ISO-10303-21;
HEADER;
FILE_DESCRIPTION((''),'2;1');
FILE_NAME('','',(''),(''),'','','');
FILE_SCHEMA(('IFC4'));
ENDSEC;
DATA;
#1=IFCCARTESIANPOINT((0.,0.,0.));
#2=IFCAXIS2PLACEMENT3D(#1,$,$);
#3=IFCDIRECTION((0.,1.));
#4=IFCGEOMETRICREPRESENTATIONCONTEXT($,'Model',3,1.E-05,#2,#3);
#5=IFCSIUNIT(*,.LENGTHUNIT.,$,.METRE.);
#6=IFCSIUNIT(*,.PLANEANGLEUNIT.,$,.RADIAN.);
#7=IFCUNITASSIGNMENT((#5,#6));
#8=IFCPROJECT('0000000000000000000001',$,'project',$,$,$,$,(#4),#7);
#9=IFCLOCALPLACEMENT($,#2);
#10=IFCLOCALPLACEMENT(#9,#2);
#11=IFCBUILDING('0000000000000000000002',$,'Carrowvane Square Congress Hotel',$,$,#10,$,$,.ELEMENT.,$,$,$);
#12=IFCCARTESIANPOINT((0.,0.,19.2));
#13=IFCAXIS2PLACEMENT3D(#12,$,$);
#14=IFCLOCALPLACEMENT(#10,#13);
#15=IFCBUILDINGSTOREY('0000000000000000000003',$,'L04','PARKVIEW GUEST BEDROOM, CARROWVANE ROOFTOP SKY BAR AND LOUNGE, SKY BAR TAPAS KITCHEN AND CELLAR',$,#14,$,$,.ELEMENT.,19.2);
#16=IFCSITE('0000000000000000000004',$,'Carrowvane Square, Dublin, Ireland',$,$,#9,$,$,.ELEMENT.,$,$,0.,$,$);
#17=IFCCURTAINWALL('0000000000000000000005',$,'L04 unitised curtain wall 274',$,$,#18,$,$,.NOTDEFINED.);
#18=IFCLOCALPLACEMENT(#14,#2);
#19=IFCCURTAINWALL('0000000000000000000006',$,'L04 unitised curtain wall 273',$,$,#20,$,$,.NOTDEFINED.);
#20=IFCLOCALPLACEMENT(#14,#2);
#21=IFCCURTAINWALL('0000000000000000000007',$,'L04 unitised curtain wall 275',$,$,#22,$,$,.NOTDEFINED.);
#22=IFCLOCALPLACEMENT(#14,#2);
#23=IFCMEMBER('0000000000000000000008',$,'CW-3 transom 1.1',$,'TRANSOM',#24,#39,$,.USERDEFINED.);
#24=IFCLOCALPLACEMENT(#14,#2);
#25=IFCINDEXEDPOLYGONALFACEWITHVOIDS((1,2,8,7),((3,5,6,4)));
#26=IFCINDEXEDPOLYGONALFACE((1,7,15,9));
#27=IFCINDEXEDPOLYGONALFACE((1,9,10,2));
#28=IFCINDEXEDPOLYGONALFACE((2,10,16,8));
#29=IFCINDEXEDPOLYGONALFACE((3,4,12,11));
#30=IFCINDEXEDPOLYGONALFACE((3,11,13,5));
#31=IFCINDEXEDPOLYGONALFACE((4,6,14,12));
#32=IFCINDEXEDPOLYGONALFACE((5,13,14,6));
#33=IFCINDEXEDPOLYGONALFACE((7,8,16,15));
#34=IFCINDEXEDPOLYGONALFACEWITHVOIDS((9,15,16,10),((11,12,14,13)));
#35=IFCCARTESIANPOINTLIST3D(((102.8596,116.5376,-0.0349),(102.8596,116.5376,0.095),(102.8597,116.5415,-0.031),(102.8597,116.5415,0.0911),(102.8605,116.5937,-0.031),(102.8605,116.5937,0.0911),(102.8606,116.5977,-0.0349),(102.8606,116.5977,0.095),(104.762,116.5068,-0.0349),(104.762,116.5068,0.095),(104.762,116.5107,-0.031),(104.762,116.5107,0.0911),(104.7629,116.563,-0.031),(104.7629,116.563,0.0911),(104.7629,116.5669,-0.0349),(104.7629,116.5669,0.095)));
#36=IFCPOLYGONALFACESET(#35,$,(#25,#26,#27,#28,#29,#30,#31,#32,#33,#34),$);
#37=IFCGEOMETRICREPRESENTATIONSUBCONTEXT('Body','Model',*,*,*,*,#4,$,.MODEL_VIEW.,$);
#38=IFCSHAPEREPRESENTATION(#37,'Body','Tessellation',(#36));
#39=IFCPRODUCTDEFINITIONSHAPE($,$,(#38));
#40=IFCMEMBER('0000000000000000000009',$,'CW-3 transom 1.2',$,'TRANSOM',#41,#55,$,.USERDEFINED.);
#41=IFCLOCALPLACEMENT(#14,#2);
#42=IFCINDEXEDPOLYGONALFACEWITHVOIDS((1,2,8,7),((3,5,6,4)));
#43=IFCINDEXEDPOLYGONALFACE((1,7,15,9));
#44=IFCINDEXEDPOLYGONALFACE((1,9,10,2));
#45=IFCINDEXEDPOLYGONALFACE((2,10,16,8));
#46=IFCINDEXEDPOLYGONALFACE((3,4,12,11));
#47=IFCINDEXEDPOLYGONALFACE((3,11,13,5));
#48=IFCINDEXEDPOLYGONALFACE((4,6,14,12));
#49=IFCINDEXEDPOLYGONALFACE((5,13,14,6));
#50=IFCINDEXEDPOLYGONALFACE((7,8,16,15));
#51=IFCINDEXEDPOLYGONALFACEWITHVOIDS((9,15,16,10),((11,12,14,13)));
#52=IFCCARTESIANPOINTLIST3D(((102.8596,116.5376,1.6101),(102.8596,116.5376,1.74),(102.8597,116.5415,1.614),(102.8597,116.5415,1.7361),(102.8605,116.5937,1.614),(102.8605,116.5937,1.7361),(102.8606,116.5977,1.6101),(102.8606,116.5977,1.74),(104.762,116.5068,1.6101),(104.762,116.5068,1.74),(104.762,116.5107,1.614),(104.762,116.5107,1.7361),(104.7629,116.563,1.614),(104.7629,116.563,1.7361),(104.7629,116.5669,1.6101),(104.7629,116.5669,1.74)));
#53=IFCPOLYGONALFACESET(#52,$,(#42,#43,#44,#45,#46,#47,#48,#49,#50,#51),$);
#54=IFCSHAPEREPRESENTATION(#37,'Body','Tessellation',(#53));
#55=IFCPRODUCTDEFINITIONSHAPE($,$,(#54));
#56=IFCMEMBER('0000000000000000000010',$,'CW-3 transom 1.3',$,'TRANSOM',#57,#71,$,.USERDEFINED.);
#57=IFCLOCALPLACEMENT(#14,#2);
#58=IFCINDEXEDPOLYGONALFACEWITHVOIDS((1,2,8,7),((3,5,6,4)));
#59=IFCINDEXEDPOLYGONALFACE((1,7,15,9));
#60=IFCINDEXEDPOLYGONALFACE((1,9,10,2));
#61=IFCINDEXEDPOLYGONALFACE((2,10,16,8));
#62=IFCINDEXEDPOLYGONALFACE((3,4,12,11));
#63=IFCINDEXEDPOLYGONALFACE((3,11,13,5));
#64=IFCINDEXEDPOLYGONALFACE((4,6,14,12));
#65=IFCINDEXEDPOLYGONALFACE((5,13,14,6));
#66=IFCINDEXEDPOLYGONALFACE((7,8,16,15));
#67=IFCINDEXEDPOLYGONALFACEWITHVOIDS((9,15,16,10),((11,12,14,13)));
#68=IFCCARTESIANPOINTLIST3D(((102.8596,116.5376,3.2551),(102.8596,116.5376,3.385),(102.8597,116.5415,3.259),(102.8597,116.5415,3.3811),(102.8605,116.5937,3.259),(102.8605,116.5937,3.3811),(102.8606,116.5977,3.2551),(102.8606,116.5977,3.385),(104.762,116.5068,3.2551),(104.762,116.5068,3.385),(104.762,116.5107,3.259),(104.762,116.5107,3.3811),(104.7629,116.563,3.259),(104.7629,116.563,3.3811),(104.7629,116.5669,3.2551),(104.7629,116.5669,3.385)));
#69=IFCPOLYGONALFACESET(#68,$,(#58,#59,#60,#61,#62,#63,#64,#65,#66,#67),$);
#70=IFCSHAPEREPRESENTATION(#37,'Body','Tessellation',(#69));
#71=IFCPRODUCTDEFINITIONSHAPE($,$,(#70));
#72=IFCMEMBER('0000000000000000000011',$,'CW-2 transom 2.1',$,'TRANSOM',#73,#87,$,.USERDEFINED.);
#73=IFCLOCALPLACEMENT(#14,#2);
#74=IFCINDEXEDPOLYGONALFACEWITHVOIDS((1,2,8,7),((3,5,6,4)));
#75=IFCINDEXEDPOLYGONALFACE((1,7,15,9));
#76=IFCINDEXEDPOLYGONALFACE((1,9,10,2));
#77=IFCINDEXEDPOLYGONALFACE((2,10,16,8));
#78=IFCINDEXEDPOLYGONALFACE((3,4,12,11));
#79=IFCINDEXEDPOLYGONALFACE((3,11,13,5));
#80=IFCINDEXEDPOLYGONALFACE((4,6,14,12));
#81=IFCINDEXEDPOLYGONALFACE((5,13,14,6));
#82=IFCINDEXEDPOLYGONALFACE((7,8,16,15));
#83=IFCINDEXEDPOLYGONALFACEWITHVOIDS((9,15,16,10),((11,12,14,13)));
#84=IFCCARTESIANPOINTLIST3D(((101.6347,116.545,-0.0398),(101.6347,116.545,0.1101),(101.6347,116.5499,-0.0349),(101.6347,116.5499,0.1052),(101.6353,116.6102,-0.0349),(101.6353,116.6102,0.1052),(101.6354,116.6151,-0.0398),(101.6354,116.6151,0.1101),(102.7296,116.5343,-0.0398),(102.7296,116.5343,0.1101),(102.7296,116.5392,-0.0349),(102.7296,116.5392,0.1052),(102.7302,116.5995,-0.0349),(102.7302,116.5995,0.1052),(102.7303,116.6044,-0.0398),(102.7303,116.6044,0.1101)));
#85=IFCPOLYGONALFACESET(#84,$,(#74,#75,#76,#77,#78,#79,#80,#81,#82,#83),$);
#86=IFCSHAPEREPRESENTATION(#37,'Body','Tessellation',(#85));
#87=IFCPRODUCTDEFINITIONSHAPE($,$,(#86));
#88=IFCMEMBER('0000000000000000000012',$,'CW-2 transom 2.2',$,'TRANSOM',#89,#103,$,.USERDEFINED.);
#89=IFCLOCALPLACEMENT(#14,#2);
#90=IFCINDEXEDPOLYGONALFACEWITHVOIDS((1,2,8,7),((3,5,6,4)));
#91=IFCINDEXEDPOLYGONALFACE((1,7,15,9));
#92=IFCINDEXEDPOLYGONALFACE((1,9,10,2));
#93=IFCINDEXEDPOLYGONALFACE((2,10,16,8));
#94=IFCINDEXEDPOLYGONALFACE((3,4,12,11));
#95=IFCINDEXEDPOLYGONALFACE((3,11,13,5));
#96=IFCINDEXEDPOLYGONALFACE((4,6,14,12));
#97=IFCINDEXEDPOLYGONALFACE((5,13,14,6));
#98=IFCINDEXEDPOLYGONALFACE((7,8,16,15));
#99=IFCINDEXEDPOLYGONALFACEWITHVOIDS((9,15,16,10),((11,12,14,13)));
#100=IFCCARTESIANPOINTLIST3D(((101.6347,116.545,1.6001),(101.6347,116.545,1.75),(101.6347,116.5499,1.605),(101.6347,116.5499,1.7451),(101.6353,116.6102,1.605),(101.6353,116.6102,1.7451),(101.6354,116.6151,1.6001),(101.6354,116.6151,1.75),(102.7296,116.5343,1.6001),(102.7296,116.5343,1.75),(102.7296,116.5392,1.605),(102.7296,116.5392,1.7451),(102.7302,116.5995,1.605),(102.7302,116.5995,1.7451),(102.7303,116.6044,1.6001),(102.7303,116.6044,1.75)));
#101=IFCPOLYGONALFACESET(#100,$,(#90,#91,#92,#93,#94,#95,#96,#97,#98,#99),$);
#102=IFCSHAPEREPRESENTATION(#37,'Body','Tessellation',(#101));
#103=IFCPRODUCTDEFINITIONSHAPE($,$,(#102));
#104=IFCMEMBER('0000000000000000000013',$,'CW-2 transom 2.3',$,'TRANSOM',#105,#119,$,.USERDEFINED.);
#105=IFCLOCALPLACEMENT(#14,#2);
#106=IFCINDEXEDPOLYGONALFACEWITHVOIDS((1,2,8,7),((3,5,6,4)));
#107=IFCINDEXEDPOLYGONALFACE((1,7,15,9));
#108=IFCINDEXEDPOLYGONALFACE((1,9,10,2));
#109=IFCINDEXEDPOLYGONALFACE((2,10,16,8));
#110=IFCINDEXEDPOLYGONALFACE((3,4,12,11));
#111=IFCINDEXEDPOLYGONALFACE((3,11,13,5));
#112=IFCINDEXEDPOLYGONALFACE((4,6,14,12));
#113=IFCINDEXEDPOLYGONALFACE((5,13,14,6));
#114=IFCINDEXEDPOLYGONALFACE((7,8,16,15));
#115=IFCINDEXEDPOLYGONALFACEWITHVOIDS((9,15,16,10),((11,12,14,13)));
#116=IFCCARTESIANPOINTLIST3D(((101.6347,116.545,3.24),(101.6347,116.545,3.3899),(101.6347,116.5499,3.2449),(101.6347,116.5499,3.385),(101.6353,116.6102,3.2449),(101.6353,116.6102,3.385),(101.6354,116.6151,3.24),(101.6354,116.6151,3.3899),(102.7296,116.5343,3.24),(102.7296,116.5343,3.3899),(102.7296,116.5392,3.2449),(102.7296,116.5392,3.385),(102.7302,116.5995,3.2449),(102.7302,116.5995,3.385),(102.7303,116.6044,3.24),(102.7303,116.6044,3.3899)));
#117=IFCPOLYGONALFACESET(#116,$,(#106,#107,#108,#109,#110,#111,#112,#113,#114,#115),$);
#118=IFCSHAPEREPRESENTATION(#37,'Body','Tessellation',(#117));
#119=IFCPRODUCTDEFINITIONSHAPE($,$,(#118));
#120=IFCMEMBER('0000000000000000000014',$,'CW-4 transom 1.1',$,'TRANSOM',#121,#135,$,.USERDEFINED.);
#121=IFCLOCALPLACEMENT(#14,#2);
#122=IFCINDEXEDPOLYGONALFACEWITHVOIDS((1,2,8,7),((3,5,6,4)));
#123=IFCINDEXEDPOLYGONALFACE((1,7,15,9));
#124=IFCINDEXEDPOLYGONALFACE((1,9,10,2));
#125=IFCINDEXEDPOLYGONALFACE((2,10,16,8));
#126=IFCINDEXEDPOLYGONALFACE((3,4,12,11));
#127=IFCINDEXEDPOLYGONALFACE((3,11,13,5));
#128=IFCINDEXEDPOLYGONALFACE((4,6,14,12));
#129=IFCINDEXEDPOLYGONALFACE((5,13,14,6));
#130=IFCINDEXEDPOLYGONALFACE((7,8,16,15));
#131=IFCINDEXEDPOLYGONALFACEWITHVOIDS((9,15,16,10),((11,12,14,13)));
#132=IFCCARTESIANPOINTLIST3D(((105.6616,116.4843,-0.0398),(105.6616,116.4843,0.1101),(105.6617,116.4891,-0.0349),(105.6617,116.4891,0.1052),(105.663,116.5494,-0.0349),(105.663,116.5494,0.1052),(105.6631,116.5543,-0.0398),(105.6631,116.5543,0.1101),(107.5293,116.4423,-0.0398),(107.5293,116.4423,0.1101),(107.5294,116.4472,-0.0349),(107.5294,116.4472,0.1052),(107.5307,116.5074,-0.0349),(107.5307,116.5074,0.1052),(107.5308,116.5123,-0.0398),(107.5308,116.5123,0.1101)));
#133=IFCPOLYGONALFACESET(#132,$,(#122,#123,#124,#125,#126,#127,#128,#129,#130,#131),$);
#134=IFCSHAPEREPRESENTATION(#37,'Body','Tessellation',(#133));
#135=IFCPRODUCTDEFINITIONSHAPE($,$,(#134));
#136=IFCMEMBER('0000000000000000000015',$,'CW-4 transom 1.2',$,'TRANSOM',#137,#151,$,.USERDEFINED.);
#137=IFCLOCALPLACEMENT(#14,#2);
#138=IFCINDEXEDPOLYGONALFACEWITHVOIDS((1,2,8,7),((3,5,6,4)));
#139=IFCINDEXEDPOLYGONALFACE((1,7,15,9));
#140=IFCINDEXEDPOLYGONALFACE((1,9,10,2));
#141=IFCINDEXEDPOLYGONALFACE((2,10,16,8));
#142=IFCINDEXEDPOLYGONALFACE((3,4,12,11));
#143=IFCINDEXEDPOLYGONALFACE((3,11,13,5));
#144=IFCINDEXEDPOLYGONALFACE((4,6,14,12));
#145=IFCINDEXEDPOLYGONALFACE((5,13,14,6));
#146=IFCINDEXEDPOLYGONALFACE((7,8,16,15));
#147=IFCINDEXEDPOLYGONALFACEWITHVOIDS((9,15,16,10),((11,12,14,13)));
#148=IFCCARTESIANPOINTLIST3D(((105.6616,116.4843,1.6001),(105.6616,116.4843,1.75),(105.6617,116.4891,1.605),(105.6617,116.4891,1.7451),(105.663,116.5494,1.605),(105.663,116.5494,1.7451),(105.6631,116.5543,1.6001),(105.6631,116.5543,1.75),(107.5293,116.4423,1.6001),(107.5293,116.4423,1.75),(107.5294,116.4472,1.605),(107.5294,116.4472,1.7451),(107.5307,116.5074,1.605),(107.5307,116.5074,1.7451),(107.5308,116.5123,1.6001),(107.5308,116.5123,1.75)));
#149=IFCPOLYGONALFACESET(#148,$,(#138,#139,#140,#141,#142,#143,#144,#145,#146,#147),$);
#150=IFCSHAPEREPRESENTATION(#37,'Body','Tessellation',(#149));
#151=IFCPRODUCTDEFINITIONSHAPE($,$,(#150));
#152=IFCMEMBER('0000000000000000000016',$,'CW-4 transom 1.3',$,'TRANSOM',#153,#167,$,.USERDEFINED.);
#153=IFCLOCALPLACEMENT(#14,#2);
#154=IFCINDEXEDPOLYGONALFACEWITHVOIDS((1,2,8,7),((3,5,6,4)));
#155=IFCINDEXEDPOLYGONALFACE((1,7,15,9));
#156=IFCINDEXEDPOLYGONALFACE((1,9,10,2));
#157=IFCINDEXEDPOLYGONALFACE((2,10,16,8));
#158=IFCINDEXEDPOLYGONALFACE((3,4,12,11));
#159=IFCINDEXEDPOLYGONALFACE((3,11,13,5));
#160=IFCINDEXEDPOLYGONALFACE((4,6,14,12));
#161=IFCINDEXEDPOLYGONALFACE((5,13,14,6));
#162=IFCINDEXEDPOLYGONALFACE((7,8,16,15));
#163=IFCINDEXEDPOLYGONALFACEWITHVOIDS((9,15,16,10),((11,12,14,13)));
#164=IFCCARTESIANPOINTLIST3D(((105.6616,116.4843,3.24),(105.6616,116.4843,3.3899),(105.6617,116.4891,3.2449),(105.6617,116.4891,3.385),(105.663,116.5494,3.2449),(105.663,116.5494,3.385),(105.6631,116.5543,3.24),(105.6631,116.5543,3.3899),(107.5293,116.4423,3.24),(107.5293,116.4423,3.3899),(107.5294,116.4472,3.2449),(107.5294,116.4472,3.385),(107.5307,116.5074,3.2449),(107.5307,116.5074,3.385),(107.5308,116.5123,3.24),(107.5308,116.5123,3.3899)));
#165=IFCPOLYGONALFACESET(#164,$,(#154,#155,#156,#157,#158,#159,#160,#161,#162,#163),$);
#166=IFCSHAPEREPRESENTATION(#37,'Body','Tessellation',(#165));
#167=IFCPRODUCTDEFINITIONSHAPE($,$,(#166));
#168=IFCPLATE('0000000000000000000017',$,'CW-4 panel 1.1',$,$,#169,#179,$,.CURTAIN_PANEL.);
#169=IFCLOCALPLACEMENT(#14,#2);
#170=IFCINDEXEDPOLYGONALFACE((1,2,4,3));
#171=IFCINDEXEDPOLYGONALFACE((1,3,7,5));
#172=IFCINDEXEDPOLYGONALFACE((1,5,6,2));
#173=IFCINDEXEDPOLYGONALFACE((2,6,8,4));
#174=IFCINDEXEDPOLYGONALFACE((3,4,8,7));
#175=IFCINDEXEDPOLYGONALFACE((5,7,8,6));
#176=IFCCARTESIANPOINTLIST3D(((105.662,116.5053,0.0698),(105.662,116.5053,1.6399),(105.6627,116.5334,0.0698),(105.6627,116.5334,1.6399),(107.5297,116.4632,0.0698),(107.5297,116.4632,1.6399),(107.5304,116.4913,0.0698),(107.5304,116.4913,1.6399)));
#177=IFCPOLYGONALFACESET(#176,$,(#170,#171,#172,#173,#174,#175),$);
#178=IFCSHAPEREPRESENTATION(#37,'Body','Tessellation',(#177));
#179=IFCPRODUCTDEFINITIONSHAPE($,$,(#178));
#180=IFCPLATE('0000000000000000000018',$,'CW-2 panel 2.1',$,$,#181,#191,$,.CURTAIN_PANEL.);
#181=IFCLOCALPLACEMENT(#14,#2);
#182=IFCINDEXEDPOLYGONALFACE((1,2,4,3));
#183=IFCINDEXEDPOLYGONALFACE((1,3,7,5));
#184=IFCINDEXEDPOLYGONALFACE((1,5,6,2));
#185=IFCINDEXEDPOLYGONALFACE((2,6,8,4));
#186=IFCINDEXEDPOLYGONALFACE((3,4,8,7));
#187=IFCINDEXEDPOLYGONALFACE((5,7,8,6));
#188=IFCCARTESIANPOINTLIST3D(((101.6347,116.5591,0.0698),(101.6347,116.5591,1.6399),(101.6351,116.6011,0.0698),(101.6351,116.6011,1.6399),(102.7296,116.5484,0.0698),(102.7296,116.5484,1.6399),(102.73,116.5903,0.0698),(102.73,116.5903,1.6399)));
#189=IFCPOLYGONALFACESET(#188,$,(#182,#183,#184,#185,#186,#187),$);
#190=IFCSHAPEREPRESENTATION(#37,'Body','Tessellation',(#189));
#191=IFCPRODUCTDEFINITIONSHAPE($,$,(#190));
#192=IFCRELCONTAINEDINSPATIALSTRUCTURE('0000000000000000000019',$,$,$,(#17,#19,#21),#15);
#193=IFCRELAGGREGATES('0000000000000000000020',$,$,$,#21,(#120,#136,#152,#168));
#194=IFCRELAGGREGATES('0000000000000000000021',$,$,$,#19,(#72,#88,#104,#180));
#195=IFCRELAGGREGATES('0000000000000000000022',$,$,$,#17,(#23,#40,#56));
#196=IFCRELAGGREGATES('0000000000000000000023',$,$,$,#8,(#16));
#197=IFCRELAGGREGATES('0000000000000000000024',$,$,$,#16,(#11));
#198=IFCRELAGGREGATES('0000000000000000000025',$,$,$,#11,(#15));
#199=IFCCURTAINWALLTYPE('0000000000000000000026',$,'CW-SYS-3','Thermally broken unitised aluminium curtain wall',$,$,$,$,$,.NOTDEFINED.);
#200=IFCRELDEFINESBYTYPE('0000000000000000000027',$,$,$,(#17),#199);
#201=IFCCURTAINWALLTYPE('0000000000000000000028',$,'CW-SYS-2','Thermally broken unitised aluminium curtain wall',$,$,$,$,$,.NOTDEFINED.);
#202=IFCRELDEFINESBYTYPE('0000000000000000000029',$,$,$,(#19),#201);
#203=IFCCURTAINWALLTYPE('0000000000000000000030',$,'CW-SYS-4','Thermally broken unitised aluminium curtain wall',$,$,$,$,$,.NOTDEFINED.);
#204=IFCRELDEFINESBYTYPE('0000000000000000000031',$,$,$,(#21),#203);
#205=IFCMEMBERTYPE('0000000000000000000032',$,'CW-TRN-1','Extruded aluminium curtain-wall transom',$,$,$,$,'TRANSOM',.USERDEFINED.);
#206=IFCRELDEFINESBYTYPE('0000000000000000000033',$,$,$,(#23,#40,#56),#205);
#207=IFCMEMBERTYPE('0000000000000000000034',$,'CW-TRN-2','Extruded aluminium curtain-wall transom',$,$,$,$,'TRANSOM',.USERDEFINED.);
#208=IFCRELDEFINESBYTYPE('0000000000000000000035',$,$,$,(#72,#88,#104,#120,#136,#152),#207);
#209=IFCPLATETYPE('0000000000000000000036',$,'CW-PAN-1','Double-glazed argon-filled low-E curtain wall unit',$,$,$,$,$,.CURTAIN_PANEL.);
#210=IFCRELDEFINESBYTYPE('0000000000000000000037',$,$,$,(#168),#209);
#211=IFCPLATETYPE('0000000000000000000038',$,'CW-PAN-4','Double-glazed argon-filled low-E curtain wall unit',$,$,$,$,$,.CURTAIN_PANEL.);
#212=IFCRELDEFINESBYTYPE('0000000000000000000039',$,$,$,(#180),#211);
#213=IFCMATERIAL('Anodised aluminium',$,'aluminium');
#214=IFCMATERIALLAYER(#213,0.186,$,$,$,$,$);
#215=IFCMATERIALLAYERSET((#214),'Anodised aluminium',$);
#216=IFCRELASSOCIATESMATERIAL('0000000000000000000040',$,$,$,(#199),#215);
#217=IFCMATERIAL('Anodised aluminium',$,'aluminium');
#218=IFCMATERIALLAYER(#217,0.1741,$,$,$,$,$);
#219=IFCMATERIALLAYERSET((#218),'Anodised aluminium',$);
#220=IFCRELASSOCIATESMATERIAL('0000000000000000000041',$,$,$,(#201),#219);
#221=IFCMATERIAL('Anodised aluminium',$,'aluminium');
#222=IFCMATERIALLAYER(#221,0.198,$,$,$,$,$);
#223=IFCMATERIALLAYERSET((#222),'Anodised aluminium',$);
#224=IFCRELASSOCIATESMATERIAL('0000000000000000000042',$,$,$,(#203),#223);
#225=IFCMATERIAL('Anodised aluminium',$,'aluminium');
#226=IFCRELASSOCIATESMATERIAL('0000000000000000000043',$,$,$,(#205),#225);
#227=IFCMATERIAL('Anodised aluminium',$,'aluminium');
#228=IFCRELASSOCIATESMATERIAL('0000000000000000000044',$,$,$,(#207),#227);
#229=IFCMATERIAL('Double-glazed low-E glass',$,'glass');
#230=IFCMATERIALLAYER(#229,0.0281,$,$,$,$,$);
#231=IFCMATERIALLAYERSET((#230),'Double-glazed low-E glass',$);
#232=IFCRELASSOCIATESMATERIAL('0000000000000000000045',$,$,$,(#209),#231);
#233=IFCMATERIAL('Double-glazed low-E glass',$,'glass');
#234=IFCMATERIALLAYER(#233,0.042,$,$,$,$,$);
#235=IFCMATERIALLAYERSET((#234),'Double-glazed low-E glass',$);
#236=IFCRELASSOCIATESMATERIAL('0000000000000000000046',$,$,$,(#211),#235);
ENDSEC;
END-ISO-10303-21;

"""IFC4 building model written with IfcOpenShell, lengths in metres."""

from ifc_helpers import new_model, si_unit, direction, frame, origin, origin_2d, place, context, subcontext, project, spatial, rectangle, hollow_rectangle, extrude, material, layer, layer_set, material_profile, profile_set, type_object, element, aggregate, save


model = new_model("IFC4")

# Units and contexts
model_context = context("Model", 3, precision=1e-05, world=origin(), true_north=direction((0.0, 1.0)))
body_context = subcontext(model_context, "Body", "Model", "MODEL_VIEW")
ifc_project = project(units=[si_unit("LENGTHUNIT", "METRE"), si_unit("PLANEANGLEUNIT", "RADIAN")], contexts=[model_context])

# Site, building, storey
site_placement = place(None, origin())
site = spatial("IfcSite", under=ifc_project, at=site_placement, Name="Carrowvane Square, Dublin, Ireland", CompositionType="ELEMENT", RefElevation=0.0)
building_placement = place(site_placement, origin())
building = spatial("IfcBuilding", under=site, at=building_placement, Name="Carrowvane Square Congress Hotel", CompositionType="ELEMENT")
storey_placement = place(building_placement, frame((0.0, 0.0, 19.2)))
storey = spatial("IfcBuildingStorey", under=building, at=storey_placement, Name="L04", Description="PARKVIEW GUEST BEDROOM, CARROWVANE ROOFTOP SKY BAR AND LOUNGE, SKY BAR TAPAS KITCHEN AND CELLAR", CompositionType="ELEMENT", Elevation=19.2)

# Curtain walls
ifc_material_1 = material(Name="Anodised aluminium", Category="aluminium")
ifc_layer_1 = layer(ifc_material_1, 0.186)
ifc_layer_set_1 = layer_set([ifc_layer_1], Name="Anodised aluminium")
curtain_wall_type_1 = type_object("IfcCurtainWallType", Name="CW-SYS-3", Description="Thermally broken unitised aluminium curtain wall", PredefinedType="NOTDEFINED", material=ifc_layer_set_1)
curtain_wall_1_placement = place(storey_placement, origin())
curtain_wall_1 = element("IfcCurtainWall", 1, at=curtain_wall_1_placement, inside=storey, type_object=curtain_wall_type_1, Name="L04 unitised curtain wall 274", PredefinedType="NOTDEFINED")
ifc_material_2 = material(Name="Anodised aluminium", Category="aluminium")
ifc_layer_2 = layer(ifc_material_2, 0.1741)
ifc_layer_set_2 = layer_set([ifc_layer_2], Name="Anodised aluminium")
curtain_wall_type_2 = type_object("IfcCurtainWallType", Name="CW-SYS-2", Description="Thermally broken unitised aluminium curtain wall", PredefinedType="NOTDEFINED", material=ifc_layer_set_2)
curtain_wall_2_placement = place(storey_placement, origin())
curtain_wall_2 = element("IfcCurtainWall", 2, at=curtain_wall_2_placement, inside=storey, type_object=curtain_wall_type_2, Name="L04 unitised curtain wall 273", PredefinedType="NOTDEFINED")

# Curtain wall
ifc_material_3 = material(Name="Anodised aluminium", Category="aluminium")
ifc_layer_3 = layer(ifc_material_3, 0.198)
ifc_layer_set_3 = layer_set([ifc_layer_3], Name="Anodised aluminium")
curtain_wall_type_3 = type_object("IfcCurtainWallType", Name="CW-SYS-4", Description="Thermally broken unitised aluminium curtain wall", PredefinedType="NOTDEFINED", material=ifc_layer_set_3)
curtain_wall_3_placement = place(storey_placement, origin())
curtain_wall_3 = element("IfcCurtainWall", 3, at=curtain_wall_3_placement, inside=storey, type_object=curtain_wall_type_3, Name="L04 unitised curtain wall 275", PredefinedType="NOTDEFINED")

# Members
ifc_material_4 = material(Name="Anodised aluminium", Category="aluminium")
ifc_material_profile_1 = material_profile(ifc_material_4, hollow_rectangle(XDim=0.0601, YDim=0.1299, WallThickness=0.0039, at=origin_2d()), Name="CW-TR 60x130x4")
ifc_profile_set_1 = profile_set([ifc_material_profile_1], Name="Anodised aluminium")
member_type_1 = type_object("IfcMemberType", Name="CW-TRN-1", Description="Extruded aluminium curtain-wall transom", ElementType="TRANSOM", PredefinedType="USERDEFINED", material=ifc_profile_set_1)
member_1_placement = place(storey_placement, frame((102.8601, 116.5676, 0.03), z_axis=(0.999869, -0.016168, 0.0), x_axis=(0.016168, 0.999869, 0.0)))
member_1 = element("IfcMember", 4, at=member_1_placement, type_object=member_type_1, Name="CW-3 transom 1.1", ObjectType="TRANSOM", PredefinedType="USERDEFINED", context=body_context, shape_type="SweptSolid", body=[
    extrude(hollow_rectangle(XDim=0.0601, YDim=0.1299, WallThickness=0.0039, at=origin_2d()), origin(), (0.0, 0.0, 1.0), 1.9026),
])
member_2_placement = place(storey_placement, frame((102.8601, 116.5676, 1.675), z_axis=(0.999869, -0.016168, 0.0), x_axis=(0.016168, 0.999869, 0.0)))
member_2 = element("IfcMember", 5, at=member_2_placement, type_object=member_type_1, Name="CW-3 transom 1.2", ObjectType="TRANSOM", PredefinedType="USERDEFINED", context=body_context, shape_type="SweptSolid", body=[
    extrude(hollow_rectangle(XDim=0.0601, YDim=0.1299, WallThickness=0.0039, at=origin_2d()), origin(), (0.0, 0.0, 1.0), 1.9026),
])
member_3_placement = place(storey_placement, frame((102.8601, 116.5676, 3.3201), z_axis=(0.999869, -0.016168, 0.0), x_axis=(0.016168, 0.999869, 0.0)))
member_3 = element("IfcMember", 6, at=member_3_placement, type_object=member_type_1, Name="CW-3 transom 1.3", ObjectType="TRANSOM", PredefinedType="USERDEFINED", context=body_context, shape_type="SweptSolid", body=[
    extrude(hollow_rectangle(XDim=0.0601, YDim=0.1299, WallThickness=0.0039, at=origin_2d()), origin(), (0.0, 0.0, 1.0), 1.9026),
])
ifc_material_5 = material(Name="Anodised aluminium", Category="aluminium")
ifc_material_profile_2 = material_profile(ifc_material_5, hollow_rectangle(XDim=0.0701, YDim=0.1499, WallThickness=0.0049, at=origin_2d()), Name="CW-TR 70x150x5")
ifc_profile_set_2 = profile_set([ifc_material_profile_2], Name="Anodised aluminium")
member_type_2 = type_object("IfcMemberType", Name="CW-TRN-2", Description="Extruded aluminium curtain-wall transom", ElementType="TRANSOM", PredefinedType="USERDEFINED", material=ifc_profile_set_2)
member_4_placement = place(storey_placement, frame((101.635, 116.5801, 0.0352), z_axis=(0.999952, -0.00981, 0.0), x_axis=(0.00981, 0.999952, 0.0)))
member_4 = element("IfcMember", 7, at=member_4_placement, type_object=member_type_2, Name="CW-2 transom 2.1", ObjectType="TRANSOM", PredefinedType="USERDEFINED", context=body_context, shape_type="SweptSolid", body=[
    extrude(hollow_rectangle(XDim=0.0701, YDim=0.1499, WallThickness=0.0049, at=origin_2d()), origin(), (0.0, 0.0, 1.0), 1.095),
])
member_5_placement = place(storey_placement, frame((101.635, 116.5801, 1.675), z_axis=(0.999952, -0.00981, 0.0), x_axis=(0.00981, 0.999952, 0.0)))
member_5 = element("IfcMember", 8, at=member_5_placement, type_object=member_type_2, Name="CW-2 transom 2.2", ObjectType="TRANSOM", PredefinedType="USERDEFINED", context=body_context, shape_type="SweptSolid", body=[
    extrude(hollow_rectangle(XDim=0.0701, YDim=0.1499, WallThickness=0.0049, at=origin_2d()), origin(), (0.0, 0.0, 1.0), 1.095),
])
member_6_placement = place(storey_placement, frame((101.635, 116.5801, 3.3149), z_axis=(0.999952, -0.00981, 0.0), x_axis=(0.00981, 0.999952, 0.0)))
member_6 = element("IfcMember", 9, at=member_6_placement, type_object=member_type_2, Name="CW-2 transom 2.3", ObjectType="TRANSOM", PredefinedType="USERDEFINED", context=body_context, shape_type="SweptSolid", body=[
    extrude(hollow_rectangle(XDim=0.0701, YDim=0.1499, WallThickness=0.0049, at=origin_2d()), origin(), (0.0, 0.0, 1.0), 1.095),
])
member_7_placement = place(storey_placement, frame((105.6624, 116.5193, 0.0352), z_axis=(0.999747, -0.022478, 0.0), x_axis=(0.022478, 0.999747, 0.0)))
member_7 = element("IfcMember", 10, at=member_7_placement, type_object=member_type_2, Name="CW-4 transom 1.1", ObjectType="TRANSOM", PredefinedType="USERDEFINED", context=body_context, shape_type="SweptSolid", body=[
    extrude(hollow_rectangle(XDim=0.0701, YDim=0.1499, WallThickness=0.0049, at=origin_2d()), origin(), (0.0, 0.0, 1.0), 1.8682),
])
member_8_placement = place(storey_placement, frame((105.6624, 116.5193, 1.675), z_axis=(0.999747, -0.022478, 0.0), x_axis=(0.022478, 0.999747, 0.0)))
member_8 = element("IfcMember", 11, at=member_8_placement, type_object=member_type_2, Name="CW-4 transom 1.2", ObjectType="TRANSOM", PredefinedType="USERDEFINED", context=body_context, shape_type="SweptSolid", body=[
    extrude(hollow_rectangle(XDim=0.0701, YDim=0.1499, WallThickness=0.0049, at=origin_2d()), origin(), (0.0, 0.0, 1.0), 1.8682),
])
member_9_placement = place(storey_placement, frame((105.6624, 116.5193, 3.3149), z_axis=(0.999747, -0.022478, 0.0), x_axis=(0.022478, 0.999747, 0.0)))
member_9 = element("IfcMember", 12, at=member_9_placement, type_object=member_type_2, Name="CW-4 transom 1.3", ObjectType="TRANSOM", PredefinedType="USERDEFINED", context=body_context, shape_type="SweptSolid", body=[
    extrude(hollow_rectangle(XDim=0.0701, YDim=0.1499, WallThickness=0.0049, at=origin_2d()), origin(), (0.0, 0.0, 1.0), 1.8682),
])

# Plates
ifc_material_6 = material(Name="Double-glazed low-E glass", Category="glass")
ifc_layer_4 = layer(ifc_material_6, 0.0281)
ifc_layer_set_4 = layer_set([ifc_layer_4], Name="Double-glazed low-E glass")
plate_type_1 = type_object("IfcPlateType", Name="CW-PAN-1", Description="Double-glazed argon-filled low-E curtain wall unit", PredefinedType="CURTAIN_PANEL", material=ifc_layer_set_4)
plate_1_placement = place(storey_placement, frame((106.5962, 116.4983, 0.0698), z_axis=(0.0, 0.0, 1.0), x_axis=(0.999746, -0.022518, 0.0)))
plate_1 = element("IfcPlate", 13, at=plate_1_placement, type_object=plate_type_1, Name="CW-4 panel 1.1", PredefinedType="CURTAIN_PANEL", context=body_context, shape_type="SweptSolid", body=[
    extrude(rectangle(XDim=1.8682, YDim=0.0281, at=origin_2d()), origin(), (0.0, 0.0, 1.0), 1.5701),
])
aggregate(curtain_wall_3, [member_7, member_8, member_9, plate_1])
ifc_material_7 = material(Name="Double-glazed low-E glass", Category="glass")
ifc_layer_5 = layer(ifc_material_7, 0.042)
ifc_layer_set_5 = layer_set([ifc_layer_5], Name="Double-glazed low-E glass")
plate_type_2 = type_object("IfcPlateType", Name="CW-PAN-4", Description="Double-glazed argon-filled low-E curtain wall unit", PredefinedType="CURTAIN_PANEL", material=ifc_layer_set_5)
plate_2_placement = place(storey_placement, frame((102.1824, 116.5747, 0.0698), z_axis=(0.0, 0.0, 1.0), x_axis=(0.999952, -0.009783, 0.0)))
plate_2 = element("IfcPlate", 14, at=plate_2_placement, type_object=plate_type_2, Name="CW-2 panel 2.1", PredefinedType="CURTAIN_PANEL", context=body_context, shape_type="SweptSolid", body=[
    extrude(rectangle(XDim=1.095, YDim=0.042, at=origin_2d()), origin(), (0.0, 0.0, 1.0), 1.5701),
])
aggregate(curtain_wall_2, [member_4, member_5, member_6, plate_2])
aggregate(curtain_wall_1, [member_1, member_2, member_3])

save(model, "model.ifc")
